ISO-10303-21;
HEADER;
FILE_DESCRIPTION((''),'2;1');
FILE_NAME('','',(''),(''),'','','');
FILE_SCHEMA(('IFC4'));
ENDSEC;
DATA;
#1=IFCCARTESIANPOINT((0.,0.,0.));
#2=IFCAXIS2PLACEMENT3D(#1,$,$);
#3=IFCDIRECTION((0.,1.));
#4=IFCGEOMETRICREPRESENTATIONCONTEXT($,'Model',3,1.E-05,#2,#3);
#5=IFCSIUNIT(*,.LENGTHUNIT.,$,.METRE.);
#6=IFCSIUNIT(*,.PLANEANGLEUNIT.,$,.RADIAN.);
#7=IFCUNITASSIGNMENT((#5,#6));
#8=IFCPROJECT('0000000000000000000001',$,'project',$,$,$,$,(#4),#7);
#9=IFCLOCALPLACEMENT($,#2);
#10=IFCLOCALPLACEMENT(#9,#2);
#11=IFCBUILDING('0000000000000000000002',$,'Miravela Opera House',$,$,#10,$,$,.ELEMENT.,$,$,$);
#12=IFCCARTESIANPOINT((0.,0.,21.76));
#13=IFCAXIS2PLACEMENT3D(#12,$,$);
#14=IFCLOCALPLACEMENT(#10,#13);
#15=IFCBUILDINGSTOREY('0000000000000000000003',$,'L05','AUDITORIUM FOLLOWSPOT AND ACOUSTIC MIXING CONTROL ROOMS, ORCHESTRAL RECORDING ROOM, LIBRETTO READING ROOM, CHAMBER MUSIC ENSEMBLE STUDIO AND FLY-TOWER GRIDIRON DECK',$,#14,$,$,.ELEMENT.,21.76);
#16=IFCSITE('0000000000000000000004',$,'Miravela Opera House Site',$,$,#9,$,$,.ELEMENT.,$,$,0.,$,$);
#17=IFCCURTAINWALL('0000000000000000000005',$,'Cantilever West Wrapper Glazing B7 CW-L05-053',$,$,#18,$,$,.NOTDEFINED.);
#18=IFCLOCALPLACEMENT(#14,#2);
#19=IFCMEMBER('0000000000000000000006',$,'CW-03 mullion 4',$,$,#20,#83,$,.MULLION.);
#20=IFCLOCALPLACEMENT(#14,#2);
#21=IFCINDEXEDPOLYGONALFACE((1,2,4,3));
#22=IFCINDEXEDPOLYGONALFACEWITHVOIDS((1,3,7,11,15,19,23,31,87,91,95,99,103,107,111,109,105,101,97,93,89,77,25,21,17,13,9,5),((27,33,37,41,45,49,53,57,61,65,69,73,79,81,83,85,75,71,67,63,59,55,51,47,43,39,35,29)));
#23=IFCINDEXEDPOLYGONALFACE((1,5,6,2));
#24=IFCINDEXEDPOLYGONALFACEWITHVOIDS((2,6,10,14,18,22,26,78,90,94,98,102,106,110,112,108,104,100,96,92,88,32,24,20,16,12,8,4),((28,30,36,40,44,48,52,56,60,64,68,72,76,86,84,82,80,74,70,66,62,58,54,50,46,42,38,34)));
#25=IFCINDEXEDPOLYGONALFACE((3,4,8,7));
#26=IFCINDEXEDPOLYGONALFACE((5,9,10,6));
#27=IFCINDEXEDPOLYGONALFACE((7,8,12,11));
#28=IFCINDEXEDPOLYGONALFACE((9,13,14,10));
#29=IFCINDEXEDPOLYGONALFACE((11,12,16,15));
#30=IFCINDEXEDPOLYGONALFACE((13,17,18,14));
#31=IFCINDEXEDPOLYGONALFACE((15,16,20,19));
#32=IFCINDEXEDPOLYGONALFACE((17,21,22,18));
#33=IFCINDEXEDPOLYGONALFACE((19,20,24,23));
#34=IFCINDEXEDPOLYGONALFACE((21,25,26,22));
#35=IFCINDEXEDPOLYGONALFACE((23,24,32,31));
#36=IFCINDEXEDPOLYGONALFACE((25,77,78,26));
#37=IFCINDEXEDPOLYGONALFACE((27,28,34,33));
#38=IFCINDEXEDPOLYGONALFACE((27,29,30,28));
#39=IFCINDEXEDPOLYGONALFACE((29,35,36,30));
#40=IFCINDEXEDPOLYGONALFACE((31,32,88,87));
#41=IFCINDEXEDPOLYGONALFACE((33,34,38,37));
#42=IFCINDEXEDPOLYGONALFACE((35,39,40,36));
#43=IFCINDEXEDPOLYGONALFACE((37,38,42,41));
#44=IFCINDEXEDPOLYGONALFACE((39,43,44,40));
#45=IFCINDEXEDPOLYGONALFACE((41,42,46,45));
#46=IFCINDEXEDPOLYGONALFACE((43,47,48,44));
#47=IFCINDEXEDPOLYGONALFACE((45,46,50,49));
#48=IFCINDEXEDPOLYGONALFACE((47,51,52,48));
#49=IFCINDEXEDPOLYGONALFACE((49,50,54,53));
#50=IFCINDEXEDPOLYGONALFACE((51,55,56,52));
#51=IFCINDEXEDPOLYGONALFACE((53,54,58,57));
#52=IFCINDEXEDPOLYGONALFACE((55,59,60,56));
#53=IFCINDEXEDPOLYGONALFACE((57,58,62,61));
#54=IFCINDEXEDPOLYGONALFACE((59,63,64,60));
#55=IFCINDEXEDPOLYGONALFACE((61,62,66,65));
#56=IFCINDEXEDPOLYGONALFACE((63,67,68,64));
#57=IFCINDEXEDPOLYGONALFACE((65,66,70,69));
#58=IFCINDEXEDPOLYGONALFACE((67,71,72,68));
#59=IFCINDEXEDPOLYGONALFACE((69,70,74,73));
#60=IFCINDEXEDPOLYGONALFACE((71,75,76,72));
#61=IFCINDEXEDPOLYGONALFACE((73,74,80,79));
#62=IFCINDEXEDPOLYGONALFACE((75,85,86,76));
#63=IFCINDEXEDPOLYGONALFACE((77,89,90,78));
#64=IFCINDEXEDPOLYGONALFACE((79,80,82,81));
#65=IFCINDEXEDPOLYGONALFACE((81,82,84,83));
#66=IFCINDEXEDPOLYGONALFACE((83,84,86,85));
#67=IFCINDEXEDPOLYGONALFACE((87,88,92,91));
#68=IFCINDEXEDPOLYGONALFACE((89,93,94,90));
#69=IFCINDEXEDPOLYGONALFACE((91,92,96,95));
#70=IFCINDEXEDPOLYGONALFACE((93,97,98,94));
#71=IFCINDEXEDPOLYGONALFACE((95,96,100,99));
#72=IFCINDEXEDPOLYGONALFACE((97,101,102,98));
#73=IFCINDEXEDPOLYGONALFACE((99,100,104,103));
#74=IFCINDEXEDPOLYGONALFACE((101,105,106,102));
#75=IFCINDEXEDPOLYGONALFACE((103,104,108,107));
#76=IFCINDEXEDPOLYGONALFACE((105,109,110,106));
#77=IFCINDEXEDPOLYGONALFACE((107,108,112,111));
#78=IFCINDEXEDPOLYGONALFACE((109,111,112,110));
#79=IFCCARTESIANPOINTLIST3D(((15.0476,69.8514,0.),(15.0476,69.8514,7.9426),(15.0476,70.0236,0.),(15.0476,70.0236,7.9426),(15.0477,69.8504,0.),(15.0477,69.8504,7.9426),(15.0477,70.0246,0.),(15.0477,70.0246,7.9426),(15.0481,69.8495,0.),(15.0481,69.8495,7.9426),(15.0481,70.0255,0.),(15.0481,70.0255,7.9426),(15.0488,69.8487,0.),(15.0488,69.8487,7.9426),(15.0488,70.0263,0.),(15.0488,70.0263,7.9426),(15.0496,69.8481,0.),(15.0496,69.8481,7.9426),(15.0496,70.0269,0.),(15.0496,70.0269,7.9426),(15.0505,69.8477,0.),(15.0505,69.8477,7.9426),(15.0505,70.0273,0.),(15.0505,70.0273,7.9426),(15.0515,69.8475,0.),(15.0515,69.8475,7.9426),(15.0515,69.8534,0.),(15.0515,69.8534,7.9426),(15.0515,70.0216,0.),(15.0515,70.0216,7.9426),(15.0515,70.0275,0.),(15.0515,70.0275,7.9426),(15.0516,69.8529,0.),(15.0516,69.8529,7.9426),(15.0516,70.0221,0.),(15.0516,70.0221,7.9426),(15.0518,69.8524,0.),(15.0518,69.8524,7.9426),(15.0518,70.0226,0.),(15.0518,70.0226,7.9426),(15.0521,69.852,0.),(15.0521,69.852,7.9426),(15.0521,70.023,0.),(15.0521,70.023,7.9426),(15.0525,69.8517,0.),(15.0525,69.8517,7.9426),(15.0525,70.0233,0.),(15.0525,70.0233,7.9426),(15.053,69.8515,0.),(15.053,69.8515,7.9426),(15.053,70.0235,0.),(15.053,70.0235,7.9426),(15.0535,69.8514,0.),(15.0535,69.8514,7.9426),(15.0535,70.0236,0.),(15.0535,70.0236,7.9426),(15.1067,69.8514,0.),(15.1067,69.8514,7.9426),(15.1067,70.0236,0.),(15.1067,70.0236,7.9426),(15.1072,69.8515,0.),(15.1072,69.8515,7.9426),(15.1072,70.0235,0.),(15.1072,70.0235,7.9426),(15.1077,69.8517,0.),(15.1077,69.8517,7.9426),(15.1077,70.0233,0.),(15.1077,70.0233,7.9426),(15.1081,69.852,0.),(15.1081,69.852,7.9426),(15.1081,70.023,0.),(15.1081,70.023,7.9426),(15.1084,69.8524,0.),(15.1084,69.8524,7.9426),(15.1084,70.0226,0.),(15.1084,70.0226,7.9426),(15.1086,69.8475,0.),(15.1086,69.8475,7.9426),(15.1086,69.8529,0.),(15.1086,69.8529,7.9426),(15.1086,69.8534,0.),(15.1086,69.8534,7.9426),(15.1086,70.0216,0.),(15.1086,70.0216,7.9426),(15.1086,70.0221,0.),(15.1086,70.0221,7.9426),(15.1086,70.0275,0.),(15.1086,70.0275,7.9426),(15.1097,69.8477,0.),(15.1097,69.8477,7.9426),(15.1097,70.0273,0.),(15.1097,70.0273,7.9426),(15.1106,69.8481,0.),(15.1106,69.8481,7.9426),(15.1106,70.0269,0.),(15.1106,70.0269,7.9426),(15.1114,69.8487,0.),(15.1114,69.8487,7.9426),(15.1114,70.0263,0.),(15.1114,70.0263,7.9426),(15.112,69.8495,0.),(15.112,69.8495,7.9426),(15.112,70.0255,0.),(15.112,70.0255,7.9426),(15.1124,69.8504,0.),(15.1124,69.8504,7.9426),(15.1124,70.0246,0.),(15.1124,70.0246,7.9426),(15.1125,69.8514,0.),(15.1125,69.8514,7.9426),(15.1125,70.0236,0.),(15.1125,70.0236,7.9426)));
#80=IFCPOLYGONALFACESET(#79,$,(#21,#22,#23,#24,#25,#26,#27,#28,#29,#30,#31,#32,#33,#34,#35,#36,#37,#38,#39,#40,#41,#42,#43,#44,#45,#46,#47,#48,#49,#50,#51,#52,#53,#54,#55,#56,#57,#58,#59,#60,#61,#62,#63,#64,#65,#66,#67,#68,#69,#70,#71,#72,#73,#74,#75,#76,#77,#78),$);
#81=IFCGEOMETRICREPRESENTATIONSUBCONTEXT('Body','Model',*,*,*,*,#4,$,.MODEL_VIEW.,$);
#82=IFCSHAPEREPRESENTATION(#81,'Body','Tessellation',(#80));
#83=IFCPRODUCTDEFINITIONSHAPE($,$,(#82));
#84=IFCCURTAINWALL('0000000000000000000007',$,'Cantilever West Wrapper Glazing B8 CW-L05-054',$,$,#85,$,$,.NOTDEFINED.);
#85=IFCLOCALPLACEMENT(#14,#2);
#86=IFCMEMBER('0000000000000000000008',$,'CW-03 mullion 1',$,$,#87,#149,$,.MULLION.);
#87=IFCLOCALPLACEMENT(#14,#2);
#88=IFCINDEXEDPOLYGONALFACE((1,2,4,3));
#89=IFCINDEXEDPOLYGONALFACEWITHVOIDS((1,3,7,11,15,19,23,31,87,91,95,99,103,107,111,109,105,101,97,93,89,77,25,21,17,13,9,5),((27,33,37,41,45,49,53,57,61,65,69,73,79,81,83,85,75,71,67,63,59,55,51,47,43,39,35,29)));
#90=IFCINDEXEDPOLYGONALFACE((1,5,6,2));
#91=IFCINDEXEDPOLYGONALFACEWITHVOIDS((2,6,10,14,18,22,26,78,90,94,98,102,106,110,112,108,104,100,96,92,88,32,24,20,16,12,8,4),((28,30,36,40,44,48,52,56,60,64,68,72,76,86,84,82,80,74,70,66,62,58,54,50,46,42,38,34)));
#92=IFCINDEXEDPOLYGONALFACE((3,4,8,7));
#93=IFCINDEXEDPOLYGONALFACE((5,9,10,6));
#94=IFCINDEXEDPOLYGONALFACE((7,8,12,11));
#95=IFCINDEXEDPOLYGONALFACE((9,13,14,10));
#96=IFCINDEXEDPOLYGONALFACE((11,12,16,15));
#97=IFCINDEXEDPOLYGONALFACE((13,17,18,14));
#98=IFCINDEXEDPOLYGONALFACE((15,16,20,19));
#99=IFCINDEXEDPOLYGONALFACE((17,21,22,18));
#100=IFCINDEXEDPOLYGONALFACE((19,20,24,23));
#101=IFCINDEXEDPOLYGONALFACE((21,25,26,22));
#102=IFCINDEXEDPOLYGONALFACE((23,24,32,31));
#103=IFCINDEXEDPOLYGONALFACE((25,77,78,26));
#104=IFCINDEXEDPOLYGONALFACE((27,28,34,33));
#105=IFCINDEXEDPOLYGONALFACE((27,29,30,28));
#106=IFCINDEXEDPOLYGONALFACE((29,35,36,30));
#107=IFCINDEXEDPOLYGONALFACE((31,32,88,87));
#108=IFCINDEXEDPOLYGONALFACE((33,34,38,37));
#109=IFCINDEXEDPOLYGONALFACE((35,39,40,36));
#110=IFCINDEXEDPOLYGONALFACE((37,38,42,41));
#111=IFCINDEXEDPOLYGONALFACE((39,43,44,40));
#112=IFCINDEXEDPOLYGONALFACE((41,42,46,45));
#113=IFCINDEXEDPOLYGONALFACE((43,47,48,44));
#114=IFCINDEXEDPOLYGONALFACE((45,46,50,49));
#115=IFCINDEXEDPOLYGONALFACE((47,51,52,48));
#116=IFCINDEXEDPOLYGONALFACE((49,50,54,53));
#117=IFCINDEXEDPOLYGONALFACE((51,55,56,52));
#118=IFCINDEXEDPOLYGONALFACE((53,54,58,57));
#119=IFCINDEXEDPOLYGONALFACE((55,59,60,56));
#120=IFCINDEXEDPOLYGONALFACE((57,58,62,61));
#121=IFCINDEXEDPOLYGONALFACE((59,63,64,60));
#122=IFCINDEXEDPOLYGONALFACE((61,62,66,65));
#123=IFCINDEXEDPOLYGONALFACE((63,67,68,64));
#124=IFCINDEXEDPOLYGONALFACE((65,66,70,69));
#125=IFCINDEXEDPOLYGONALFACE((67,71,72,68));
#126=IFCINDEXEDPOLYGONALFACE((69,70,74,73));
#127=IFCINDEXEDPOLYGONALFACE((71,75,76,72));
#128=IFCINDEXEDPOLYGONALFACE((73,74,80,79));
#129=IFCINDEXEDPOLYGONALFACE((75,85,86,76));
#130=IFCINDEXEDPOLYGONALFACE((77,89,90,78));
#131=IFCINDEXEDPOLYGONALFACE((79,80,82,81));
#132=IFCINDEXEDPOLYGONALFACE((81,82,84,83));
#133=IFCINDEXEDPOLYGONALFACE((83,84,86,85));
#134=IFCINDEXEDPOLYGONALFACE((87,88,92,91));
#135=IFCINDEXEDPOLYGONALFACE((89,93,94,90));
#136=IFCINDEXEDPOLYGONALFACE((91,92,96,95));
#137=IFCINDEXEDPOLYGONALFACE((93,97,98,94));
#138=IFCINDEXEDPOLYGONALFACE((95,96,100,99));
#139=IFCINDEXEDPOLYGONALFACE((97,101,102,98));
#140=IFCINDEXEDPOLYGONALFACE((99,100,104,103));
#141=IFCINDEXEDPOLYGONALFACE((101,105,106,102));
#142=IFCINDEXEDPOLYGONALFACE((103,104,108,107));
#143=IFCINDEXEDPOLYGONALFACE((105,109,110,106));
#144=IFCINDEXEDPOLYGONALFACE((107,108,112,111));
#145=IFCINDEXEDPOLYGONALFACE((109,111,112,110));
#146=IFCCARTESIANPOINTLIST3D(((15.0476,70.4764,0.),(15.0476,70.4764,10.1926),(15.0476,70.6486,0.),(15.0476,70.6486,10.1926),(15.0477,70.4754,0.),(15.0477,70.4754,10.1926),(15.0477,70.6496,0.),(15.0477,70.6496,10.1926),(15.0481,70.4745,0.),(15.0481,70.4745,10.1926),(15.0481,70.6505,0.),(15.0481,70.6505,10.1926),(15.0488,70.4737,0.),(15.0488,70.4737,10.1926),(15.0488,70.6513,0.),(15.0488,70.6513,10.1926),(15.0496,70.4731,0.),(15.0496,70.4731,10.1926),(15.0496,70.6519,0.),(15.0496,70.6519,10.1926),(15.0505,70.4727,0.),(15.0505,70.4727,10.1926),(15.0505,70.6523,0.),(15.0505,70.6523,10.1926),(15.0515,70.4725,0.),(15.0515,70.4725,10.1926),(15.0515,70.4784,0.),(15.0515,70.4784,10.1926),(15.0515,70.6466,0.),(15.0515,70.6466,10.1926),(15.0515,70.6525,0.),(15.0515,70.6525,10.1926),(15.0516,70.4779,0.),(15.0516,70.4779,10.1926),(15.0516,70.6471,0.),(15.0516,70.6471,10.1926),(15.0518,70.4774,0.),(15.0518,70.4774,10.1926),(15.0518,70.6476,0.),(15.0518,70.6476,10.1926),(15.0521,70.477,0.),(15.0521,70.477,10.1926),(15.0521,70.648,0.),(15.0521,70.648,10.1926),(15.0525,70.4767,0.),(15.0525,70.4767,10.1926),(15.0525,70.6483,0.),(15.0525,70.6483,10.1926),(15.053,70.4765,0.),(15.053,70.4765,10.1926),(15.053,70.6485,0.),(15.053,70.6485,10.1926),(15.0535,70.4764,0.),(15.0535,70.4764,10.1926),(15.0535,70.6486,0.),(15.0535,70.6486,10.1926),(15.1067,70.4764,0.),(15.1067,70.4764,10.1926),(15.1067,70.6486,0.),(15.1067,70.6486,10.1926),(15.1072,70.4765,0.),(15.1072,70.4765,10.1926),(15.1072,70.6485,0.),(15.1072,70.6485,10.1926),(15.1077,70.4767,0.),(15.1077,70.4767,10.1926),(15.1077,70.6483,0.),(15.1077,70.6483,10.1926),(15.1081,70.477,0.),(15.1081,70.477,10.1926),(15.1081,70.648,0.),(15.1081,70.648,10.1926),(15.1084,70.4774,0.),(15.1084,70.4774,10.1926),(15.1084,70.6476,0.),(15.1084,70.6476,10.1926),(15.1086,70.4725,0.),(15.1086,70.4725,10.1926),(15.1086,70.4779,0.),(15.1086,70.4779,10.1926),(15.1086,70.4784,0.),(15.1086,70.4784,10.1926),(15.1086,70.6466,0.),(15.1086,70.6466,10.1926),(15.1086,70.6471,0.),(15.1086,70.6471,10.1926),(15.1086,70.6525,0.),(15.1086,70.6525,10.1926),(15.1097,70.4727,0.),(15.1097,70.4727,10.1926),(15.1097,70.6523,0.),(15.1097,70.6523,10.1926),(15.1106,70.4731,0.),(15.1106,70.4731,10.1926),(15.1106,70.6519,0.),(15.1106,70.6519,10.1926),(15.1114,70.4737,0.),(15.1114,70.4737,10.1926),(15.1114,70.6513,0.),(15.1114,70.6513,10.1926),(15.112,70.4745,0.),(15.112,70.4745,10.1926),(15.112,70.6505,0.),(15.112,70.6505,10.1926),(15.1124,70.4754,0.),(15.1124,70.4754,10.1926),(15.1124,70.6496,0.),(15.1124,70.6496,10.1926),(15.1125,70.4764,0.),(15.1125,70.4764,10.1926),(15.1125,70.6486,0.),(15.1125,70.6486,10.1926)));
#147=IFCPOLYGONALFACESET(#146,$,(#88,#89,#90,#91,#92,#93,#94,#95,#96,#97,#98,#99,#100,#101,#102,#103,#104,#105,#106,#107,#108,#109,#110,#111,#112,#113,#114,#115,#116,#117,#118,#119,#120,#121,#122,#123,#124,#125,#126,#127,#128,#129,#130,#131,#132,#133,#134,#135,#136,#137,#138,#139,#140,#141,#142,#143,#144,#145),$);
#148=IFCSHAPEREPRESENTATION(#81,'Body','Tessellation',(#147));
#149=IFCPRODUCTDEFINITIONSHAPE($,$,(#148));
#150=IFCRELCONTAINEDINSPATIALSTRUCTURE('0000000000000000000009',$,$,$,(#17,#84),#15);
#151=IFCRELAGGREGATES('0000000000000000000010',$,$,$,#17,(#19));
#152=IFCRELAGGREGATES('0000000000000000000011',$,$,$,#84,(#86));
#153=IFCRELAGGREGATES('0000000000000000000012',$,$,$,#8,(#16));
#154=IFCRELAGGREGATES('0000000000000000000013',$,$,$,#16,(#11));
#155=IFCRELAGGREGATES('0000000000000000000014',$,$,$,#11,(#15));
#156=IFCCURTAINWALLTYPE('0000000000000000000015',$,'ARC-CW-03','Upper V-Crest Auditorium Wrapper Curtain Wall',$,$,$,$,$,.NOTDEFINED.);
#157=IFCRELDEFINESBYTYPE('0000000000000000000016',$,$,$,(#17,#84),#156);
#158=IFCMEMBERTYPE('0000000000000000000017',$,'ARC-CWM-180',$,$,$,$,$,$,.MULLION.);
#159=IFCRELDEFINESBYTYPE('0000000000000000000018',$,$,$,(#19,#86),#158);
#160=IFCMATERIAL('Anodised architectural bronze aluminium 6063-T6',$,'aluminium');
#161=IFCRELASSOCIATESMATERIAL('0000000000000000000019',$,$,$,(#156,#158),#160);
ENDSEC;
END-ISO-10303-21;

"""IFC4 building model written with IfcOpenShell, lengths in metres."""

from ifc_helpers import new_model, si_unit, direction, frame, origin, origin_2d, place, context, subcontext, project, spatial, hollow_rectangle, extrude, material, material_profile, profile_set, type_object, element, aggregate, save


model = new_model("IFC4")

# Units and contexts
model_context = context("Model", 3, precision=1e-05, world=origin(), true_north=direction((0.0, 1.0)))
body_context = subcontext(model_context, "Body", "Model", "MODEL_VIEW")
ifc_project = project(units=[si_unit("LENGTHUNIT", "METRE"), si_unit("PLANEANGLEUNIT", "RADIAN")], contexts=[model_context])

# Site, building, storey
site_placement = place(None, origin())
site = spatial("IfcSite", under=ifc_project, at=site_placement, Name="Miravela Opera House Site", CompositionType="ELEMENT", RefElevation=0.0)
building_placement = place(site_placement, origin())
building = spatial("IfcBuilding", under=site, at=building_placement, Name="Miravela Opera House", CompositionType="ELEMENT")
storey_placement = place(building_placement, frame((0.0, 0.0, 21.76)))
storey = spatial("IfcBuildingStorey", under=building, at=storey_placement, Name="L05", Description="AUDITORIUM FOLLOWSPOT AND ACOUSTIC MIXING CONTROL ROOMS, ORCHESTRAL RECORDING ROOM, LIBRETTO READING ROOM, CHAMBER MUSIC ENSEMBLE STUDIO AND FLY-TOWER GRIDIRON DECK", CompositionType="ELEMENT", Elevation=21.76)

# Curtain walls, members
ifc_material_1 = material(Name="Anodised architectural bronze aluminium 6063-T6", Category="aluminium")
curtain_wall_type = type_object("IfcCurtainWallType", Name="ARC-CW-03", Description="Upper V-Crest Auditorium Wrapper Curtain Wall", PredefinedType="NOTDEFINED", material=ifc_material_1)
curtain_wall_1_placement = place(storey_placement, origin())
curtain_wall_1 = element("IfcCurtainWall", 1, at=curtain_wall_1_placement, inside=storey, type_object=curtain_wall_type, Name="Cantilever West Wrapper Glazing B7 CW-L05-053", PredefinedType="NOTDEFINED")
ifc_material_profile_1 = material_profile(ifc_material_1, hollow_rectangle(XDim=0.0649, YDim=0.1799, WallThickness=0.0039, InnerFilletRadius=0.002, OuterFilletRadius=0.0039, at=origin_2d()), Name="CWM-65X180")
ifc_profile_set_1 = profile_set([ifc_material_profile_1])
member_type_1 = type_object("IfcMemberType", Name="ARC-CWM-180", PredefinedType="MULLION", material=ifc_profile_set_1)
member_1_placement = place(storey_placement, frame((15.0801, 69.9375, 0.0), z_axis=(0.0, 0.0, 1.0), x_axis=(-1.0, 0.0, 0.0)))
member_1 = element("IfcMember", 2, at=member_1_placement, type_object=member_type_1, Name="CW-03 mullion 4", PredefinedType="MULLION", context=body_context, shape_type="SweptSolid", body=[
    extrude(hollow_rectangle(XDim=0.0649, YDim=0.1799, WallThickness=0.0039, InnerFilletRadius=0.002, OuterFilletRadius=0.0039, at=origin_2d()), origin(), (0.0, 0.0, 1.0), 7.9426),
])
curtain_wall_2_placement = place(storey_placement, origin())
curtain_wall_2 = element("IfcCurtainWall", 3, at=curtain_wall_2_placement, inside=storey, type_object=curtain_wall_type, Name="Cantilever West Wrapper Glazing B8 CW-L05-054", PredefinedType="NOTDEFINED")
member_2_placement = place(storey_placement, frame((15.0801, 70.5625, 0.0), z_axis=(0.0, 0.0, 1.0), x_axis=(-1.0, 0.0, 0.0)))
member_2 = element("IfcMember", 4, at=member_2_placement, type_object=member_type_1, Name="CW-03 mullion 1", PredefinedType="MULLION", context=body_context, shape_type="SweptSolid", body=[
    extrude(hollow_rectangle(XDim=0.0649, YDim=0.1799, WallThickness=0.0039, InnerFilletRadius=0.002, OuterFilletRadius=0.0039, at=origin_2d()), origin(), (0.0, 0.0, 1.0), 10.1926),
])

aggregate(curtain_wall_1, [member_1])
aggregate(curtain_wall_2, [member_2])

save(model, "model.ifc")
